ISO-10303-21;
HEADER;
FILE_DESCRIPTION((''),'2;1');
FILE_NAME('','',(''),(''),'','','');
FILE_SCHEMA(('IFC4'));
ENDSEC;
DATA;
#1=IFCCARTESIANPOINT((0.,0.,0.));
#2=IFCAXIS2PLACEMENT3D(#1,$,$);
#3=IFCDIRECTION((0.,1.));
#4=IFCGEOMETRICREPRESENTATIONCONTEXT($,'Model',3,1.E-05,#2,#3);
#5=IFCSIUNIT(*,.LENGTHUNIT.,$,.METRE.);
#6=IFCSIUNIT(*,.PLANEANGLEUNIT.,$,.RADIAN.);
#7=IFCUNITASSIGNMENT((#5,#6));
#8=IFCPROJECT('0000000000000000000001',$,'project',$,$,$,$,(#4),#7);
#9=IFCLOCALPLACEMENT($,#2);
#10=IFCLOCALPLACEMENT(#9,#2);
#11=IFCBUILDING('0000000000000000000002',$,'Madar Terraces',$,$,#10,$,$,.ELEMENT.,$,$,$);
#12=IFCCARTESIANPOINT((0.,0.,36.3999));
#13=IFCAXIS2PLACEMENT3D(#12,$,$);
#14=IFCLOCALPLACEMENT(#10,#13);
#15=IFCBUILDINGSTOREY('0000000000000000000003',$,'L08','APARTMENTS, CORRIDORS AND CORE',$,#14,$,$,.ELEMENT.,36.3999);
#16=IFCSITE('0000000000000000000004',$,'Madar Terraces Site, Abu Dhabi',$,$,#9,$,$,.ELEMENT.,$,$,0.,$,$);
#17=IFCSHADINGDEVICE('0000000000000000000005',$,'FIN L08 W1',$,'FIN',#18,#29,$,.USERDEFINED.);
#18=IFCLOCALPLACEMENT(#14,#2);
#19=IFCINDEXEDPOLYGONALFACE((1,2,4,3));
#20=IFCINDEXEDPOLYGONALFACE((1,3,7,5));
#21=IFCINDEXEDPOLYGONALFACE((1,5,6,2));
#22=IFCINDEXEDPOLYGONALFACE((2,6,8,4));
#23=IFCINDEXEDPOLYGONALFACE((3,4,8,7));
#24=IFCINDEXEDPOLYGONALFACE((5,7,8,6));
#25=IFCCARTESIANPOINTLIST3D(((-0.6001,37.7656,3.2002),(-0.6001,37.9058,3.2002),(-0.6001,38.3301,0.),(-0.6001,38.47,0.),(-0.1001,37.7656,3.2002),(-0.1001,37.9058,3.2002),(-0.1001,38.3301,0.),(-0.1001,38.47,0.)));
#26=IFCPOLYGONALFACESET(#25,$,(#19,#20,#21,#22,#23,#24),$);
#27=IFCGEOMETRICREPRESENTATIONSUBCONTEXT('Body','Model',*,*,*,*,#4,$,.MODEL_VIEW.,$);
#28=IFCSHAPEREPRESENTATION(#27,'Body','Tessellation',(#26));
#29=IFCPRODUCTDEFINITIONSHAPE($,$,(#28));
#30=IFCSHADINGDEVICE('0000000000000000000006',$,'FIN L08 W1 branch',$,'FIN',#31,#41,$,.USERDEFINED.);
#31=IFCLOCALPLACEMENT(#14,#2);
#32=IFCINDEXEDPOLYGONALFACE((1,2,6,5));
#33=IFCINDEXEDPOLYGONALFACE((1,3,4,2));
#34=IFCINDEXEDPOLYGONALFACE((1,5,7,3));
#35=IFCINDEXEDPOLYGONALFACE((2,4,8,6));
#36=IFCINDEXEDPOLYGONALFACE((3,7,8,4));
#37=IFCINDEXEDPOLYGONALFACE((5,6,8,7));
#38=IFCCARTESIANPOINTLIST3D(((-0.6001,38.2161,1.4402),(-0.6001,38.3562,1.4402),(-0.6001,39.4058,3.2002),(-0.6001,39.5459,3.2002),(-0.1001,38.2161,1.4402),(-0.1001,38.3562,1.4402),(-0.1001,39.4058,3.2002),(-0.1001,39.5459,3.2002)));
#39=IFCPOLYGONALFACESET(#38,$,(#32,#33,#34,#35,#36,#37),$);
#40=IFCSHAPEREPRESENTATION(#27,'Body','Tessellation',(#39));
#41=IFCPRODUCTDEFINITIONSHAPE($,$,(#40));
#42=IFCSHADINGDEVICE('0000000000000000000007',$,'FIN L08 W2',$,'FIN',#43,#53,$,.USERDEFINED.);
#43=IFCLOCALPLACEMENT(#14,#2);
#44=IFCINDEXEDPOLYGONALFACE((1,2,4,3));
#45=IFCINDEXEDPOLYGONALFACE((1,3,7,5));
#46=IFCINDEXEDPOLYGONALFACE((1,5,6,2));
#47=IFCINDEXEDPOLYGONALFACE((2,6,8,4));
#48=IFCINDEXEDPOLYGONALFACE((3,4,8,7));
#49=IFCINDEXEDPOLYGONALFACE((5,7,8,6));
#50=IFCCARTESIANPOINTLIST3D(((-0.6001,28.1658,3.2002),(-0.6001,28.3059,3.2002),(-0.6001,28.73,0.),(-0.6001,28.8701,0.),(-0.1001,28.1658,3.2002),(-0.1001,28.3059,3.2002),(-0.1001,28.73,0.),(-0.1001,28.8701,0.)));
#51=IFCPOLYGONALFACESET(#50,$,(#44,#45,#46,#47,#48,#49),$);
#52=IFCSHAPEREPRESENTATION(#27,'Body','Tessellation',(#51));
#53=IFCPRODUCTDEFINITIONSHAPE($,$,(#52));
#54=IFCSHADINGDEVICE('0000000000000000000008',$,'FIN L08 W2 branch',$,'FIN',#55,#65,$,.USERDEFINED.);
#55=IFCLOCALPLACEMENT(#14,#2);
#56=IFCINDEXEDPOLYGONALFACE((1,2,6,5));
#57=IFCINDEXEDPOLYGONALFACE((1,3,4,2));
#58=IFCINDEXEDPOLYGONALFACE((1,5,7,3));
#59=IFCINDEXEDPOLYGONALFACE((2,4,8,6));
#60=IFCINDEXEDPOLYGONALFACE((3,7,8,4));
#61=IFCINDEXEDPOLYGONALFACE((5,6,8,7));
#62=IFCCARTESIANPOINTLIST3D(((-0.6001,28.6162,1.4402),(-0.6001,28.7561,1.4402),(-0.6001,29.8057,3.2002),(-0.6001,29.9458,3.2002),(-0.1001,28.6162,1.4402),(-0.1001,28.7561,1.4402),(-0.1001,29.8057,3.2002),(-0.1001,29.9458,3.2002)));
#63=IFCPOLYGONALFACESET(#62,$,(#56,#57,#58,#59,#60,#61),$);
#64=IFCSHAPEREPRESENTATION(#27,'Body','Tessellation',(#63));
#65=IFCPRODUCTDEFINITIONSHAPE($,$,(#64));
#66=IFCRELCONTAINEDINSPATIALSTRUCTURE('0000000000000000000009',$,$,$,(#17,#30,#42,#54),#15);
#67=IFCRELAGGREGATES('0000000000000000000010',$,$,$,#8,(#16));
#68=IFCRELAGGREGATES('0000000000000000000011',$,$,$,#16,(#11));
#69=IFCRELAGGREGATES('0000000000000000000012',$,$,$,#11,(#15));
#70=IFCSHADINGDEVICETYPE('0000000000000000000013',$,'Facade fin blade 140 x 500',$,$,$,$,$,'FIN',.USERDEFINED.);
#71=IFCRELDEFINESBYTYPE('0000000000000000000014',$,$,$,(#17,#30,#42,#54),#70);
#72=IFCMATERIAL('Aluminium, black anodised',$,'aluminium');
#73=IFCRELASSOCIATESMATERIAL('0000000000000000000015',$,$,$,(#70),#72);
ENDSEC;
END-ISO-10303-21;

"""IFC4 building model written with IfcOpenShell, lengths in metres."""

from ifc_helpers import new_model, si_unit, direction, frame, origin, place, context, subcontext, project, spatial, polyline, outline, extrude, material, type_object, element, save


model = new_model("IFC4")

# Units and contexts
model_context = context("Model", 3, precision=1e-05, world=origin(), true_north=direction((0.0, 1.0)))
body_context = subcontext(model_context, "Body", "Model", "MODEL_VIEW")
ifc_project = project(units=[si_unit("LENGTHUNIT", "METRE"), si_unit("PLANEANGLEUNIT", "RADIAN")], contexts=[model_context])

# Site, building, storey
site_placement = place(None, origin())
site = spatial("IfcSite", under=ifc_project, at=site_placement, Name="Madar Terraces Site, Abu Dhabi", CompositionType="ELEMENT", RefElevation=0.0)
building_placement = place(site_placement, origin())
building = spatial("IfcBuilding", under=site, at=building_placement, Name="Madar Terraces", CompositionType="ELEMENT")
storey_placement = place(building_placement, frame((0.0, 0.0, 36.3999)))
storey = spatial("IfcBuildingStorey", under=building, at=storey_placement, Name="L08", Description="APARTMENTS, CORRIDORS AND CORE", CompositionType="ELEMENT", Elevation=36.3999)

# Shading devices
ifc_material_1 = material(Name="Aluminium, black anodised", Category="aluminium")
shading_device_type = type_object("IfcShadingDeviceType", Name="Facade fin blade 140 x 500", ElementType="FIN", PredefinedType="USERDEFINED", material=ifc_material_1)
shading_device_1_placement = place(storey_placement, frame((-0.3501, 38.47, 0.0), z_axis=(0.0, 0.0, 1.0), x_axis=(0.0, -1.0, 0.0)))
element("IfcShadingDevice", 1, at=shading_device_1_placement, inside=storey, type_object=shading_device_type, Name="FIN L08 W1", ObjectType="FIN", PredefinedType="USERDEFINED", context=body_context, shape_type="SweptSolid", body=[
    extrude(outline(polyline([(0.0, 0.0), (0.1399, 0.0), (0.7043, 3.2002), (0.5642, 3.2002), (0.0, 0.0)])), frame((0.0, 0.25, 0.0), z_axis=(0.0, -1.0, 0.0), x_axis=(1.0, 0.0, 0.0)), (0.0, 0.0, 1.0), 0.5),
])
shading_device_2_placement = place(storey_placement, frame((-0.3501, 38.3562, 1.4402), z_axis=(0.0, 0.0, 1.0), x_axis=(0.0, -1.0, 0.0)))
element("IfcShadingDevice", 2, at=shading_device_2_placement, inside=storey, type_object=shading_device_type, Name="FIN L08 W1 branch", ObjectType="FIN", PredefinedType="USERDEFINED", context=body_context, shape_type="SweptSolid", body=[
    extrude(outline(polyline([(0.0, 0.0), (0.1401, 0.0), (-1.0496, 1.76), (-1.1897, 1.76), (0.0, 0.0)])), frame((0.0, 0.25, 0.0), z_axis=(0.0, -1.0, 0.0), x_axis=(1.0, 0.0, 0.0)), (0.0, 0.0, 1.0), 0.5),
])
shading_device_3_placement = place(storey_placement, frame((-0.3501, 28.8701, 0.0), z_axis=(0.0, 0.0, 1.0), x_axis=(0.0, -1.0, 0.0)))
element("IfcShadingDevice", 3, at=shading_device_3_placement, inside=storey, type_object=shading_device_type, Name="FIN L08 W2", ObjectType="FIN", PredefinedType="USERDEFINED", context=body_context, shape_type="SweptSolid", body=[
    extrude(outline(polyline([(0.0, 0.0), (0.1401, 0.0), (0.7043, 3.2002), (0.5642, 3.2002), (0.0, 0.0)])), frame((0.0, 0.25, 0.0), z_axis=(0.0, -1.0, 0.0), x_axis=(1.0, 0.0, 0.0)), (0.0, 0.0, 1.0), 0.5),
])
shading_device_4_placement = place(storey_placement, frame((-0.3501, 28.7561, 1.4402), z_axis=(0.0, 0.0, 1.0), x_axis=(0.0, -1.0, 0.0)))
element("IfcShadingDevice", 4, at=shading_device_4_placement, inside=storey, type_object=shading_device_type, Name="FIN L08 W2 branch", ObjectType="FIN", PredefinedType="USERDEFINED", context=body_context, shape_type="SweptSolid", body=[
    extrude(outline(polyline([(0.0, 0.0), (0.1399, 0.0), (-1.0496, 1.76), (-1.1897, 1.76), (0.0, 0.0)])), frame((0.0, 0.25, 0.0), z_axis=(0.0, -1.0, 0.0), x_axis=(1.0, 0.0, 0.0)), (0.0, 0.0, 1.0), 0.5),
])

save(model, "model.ifc")
